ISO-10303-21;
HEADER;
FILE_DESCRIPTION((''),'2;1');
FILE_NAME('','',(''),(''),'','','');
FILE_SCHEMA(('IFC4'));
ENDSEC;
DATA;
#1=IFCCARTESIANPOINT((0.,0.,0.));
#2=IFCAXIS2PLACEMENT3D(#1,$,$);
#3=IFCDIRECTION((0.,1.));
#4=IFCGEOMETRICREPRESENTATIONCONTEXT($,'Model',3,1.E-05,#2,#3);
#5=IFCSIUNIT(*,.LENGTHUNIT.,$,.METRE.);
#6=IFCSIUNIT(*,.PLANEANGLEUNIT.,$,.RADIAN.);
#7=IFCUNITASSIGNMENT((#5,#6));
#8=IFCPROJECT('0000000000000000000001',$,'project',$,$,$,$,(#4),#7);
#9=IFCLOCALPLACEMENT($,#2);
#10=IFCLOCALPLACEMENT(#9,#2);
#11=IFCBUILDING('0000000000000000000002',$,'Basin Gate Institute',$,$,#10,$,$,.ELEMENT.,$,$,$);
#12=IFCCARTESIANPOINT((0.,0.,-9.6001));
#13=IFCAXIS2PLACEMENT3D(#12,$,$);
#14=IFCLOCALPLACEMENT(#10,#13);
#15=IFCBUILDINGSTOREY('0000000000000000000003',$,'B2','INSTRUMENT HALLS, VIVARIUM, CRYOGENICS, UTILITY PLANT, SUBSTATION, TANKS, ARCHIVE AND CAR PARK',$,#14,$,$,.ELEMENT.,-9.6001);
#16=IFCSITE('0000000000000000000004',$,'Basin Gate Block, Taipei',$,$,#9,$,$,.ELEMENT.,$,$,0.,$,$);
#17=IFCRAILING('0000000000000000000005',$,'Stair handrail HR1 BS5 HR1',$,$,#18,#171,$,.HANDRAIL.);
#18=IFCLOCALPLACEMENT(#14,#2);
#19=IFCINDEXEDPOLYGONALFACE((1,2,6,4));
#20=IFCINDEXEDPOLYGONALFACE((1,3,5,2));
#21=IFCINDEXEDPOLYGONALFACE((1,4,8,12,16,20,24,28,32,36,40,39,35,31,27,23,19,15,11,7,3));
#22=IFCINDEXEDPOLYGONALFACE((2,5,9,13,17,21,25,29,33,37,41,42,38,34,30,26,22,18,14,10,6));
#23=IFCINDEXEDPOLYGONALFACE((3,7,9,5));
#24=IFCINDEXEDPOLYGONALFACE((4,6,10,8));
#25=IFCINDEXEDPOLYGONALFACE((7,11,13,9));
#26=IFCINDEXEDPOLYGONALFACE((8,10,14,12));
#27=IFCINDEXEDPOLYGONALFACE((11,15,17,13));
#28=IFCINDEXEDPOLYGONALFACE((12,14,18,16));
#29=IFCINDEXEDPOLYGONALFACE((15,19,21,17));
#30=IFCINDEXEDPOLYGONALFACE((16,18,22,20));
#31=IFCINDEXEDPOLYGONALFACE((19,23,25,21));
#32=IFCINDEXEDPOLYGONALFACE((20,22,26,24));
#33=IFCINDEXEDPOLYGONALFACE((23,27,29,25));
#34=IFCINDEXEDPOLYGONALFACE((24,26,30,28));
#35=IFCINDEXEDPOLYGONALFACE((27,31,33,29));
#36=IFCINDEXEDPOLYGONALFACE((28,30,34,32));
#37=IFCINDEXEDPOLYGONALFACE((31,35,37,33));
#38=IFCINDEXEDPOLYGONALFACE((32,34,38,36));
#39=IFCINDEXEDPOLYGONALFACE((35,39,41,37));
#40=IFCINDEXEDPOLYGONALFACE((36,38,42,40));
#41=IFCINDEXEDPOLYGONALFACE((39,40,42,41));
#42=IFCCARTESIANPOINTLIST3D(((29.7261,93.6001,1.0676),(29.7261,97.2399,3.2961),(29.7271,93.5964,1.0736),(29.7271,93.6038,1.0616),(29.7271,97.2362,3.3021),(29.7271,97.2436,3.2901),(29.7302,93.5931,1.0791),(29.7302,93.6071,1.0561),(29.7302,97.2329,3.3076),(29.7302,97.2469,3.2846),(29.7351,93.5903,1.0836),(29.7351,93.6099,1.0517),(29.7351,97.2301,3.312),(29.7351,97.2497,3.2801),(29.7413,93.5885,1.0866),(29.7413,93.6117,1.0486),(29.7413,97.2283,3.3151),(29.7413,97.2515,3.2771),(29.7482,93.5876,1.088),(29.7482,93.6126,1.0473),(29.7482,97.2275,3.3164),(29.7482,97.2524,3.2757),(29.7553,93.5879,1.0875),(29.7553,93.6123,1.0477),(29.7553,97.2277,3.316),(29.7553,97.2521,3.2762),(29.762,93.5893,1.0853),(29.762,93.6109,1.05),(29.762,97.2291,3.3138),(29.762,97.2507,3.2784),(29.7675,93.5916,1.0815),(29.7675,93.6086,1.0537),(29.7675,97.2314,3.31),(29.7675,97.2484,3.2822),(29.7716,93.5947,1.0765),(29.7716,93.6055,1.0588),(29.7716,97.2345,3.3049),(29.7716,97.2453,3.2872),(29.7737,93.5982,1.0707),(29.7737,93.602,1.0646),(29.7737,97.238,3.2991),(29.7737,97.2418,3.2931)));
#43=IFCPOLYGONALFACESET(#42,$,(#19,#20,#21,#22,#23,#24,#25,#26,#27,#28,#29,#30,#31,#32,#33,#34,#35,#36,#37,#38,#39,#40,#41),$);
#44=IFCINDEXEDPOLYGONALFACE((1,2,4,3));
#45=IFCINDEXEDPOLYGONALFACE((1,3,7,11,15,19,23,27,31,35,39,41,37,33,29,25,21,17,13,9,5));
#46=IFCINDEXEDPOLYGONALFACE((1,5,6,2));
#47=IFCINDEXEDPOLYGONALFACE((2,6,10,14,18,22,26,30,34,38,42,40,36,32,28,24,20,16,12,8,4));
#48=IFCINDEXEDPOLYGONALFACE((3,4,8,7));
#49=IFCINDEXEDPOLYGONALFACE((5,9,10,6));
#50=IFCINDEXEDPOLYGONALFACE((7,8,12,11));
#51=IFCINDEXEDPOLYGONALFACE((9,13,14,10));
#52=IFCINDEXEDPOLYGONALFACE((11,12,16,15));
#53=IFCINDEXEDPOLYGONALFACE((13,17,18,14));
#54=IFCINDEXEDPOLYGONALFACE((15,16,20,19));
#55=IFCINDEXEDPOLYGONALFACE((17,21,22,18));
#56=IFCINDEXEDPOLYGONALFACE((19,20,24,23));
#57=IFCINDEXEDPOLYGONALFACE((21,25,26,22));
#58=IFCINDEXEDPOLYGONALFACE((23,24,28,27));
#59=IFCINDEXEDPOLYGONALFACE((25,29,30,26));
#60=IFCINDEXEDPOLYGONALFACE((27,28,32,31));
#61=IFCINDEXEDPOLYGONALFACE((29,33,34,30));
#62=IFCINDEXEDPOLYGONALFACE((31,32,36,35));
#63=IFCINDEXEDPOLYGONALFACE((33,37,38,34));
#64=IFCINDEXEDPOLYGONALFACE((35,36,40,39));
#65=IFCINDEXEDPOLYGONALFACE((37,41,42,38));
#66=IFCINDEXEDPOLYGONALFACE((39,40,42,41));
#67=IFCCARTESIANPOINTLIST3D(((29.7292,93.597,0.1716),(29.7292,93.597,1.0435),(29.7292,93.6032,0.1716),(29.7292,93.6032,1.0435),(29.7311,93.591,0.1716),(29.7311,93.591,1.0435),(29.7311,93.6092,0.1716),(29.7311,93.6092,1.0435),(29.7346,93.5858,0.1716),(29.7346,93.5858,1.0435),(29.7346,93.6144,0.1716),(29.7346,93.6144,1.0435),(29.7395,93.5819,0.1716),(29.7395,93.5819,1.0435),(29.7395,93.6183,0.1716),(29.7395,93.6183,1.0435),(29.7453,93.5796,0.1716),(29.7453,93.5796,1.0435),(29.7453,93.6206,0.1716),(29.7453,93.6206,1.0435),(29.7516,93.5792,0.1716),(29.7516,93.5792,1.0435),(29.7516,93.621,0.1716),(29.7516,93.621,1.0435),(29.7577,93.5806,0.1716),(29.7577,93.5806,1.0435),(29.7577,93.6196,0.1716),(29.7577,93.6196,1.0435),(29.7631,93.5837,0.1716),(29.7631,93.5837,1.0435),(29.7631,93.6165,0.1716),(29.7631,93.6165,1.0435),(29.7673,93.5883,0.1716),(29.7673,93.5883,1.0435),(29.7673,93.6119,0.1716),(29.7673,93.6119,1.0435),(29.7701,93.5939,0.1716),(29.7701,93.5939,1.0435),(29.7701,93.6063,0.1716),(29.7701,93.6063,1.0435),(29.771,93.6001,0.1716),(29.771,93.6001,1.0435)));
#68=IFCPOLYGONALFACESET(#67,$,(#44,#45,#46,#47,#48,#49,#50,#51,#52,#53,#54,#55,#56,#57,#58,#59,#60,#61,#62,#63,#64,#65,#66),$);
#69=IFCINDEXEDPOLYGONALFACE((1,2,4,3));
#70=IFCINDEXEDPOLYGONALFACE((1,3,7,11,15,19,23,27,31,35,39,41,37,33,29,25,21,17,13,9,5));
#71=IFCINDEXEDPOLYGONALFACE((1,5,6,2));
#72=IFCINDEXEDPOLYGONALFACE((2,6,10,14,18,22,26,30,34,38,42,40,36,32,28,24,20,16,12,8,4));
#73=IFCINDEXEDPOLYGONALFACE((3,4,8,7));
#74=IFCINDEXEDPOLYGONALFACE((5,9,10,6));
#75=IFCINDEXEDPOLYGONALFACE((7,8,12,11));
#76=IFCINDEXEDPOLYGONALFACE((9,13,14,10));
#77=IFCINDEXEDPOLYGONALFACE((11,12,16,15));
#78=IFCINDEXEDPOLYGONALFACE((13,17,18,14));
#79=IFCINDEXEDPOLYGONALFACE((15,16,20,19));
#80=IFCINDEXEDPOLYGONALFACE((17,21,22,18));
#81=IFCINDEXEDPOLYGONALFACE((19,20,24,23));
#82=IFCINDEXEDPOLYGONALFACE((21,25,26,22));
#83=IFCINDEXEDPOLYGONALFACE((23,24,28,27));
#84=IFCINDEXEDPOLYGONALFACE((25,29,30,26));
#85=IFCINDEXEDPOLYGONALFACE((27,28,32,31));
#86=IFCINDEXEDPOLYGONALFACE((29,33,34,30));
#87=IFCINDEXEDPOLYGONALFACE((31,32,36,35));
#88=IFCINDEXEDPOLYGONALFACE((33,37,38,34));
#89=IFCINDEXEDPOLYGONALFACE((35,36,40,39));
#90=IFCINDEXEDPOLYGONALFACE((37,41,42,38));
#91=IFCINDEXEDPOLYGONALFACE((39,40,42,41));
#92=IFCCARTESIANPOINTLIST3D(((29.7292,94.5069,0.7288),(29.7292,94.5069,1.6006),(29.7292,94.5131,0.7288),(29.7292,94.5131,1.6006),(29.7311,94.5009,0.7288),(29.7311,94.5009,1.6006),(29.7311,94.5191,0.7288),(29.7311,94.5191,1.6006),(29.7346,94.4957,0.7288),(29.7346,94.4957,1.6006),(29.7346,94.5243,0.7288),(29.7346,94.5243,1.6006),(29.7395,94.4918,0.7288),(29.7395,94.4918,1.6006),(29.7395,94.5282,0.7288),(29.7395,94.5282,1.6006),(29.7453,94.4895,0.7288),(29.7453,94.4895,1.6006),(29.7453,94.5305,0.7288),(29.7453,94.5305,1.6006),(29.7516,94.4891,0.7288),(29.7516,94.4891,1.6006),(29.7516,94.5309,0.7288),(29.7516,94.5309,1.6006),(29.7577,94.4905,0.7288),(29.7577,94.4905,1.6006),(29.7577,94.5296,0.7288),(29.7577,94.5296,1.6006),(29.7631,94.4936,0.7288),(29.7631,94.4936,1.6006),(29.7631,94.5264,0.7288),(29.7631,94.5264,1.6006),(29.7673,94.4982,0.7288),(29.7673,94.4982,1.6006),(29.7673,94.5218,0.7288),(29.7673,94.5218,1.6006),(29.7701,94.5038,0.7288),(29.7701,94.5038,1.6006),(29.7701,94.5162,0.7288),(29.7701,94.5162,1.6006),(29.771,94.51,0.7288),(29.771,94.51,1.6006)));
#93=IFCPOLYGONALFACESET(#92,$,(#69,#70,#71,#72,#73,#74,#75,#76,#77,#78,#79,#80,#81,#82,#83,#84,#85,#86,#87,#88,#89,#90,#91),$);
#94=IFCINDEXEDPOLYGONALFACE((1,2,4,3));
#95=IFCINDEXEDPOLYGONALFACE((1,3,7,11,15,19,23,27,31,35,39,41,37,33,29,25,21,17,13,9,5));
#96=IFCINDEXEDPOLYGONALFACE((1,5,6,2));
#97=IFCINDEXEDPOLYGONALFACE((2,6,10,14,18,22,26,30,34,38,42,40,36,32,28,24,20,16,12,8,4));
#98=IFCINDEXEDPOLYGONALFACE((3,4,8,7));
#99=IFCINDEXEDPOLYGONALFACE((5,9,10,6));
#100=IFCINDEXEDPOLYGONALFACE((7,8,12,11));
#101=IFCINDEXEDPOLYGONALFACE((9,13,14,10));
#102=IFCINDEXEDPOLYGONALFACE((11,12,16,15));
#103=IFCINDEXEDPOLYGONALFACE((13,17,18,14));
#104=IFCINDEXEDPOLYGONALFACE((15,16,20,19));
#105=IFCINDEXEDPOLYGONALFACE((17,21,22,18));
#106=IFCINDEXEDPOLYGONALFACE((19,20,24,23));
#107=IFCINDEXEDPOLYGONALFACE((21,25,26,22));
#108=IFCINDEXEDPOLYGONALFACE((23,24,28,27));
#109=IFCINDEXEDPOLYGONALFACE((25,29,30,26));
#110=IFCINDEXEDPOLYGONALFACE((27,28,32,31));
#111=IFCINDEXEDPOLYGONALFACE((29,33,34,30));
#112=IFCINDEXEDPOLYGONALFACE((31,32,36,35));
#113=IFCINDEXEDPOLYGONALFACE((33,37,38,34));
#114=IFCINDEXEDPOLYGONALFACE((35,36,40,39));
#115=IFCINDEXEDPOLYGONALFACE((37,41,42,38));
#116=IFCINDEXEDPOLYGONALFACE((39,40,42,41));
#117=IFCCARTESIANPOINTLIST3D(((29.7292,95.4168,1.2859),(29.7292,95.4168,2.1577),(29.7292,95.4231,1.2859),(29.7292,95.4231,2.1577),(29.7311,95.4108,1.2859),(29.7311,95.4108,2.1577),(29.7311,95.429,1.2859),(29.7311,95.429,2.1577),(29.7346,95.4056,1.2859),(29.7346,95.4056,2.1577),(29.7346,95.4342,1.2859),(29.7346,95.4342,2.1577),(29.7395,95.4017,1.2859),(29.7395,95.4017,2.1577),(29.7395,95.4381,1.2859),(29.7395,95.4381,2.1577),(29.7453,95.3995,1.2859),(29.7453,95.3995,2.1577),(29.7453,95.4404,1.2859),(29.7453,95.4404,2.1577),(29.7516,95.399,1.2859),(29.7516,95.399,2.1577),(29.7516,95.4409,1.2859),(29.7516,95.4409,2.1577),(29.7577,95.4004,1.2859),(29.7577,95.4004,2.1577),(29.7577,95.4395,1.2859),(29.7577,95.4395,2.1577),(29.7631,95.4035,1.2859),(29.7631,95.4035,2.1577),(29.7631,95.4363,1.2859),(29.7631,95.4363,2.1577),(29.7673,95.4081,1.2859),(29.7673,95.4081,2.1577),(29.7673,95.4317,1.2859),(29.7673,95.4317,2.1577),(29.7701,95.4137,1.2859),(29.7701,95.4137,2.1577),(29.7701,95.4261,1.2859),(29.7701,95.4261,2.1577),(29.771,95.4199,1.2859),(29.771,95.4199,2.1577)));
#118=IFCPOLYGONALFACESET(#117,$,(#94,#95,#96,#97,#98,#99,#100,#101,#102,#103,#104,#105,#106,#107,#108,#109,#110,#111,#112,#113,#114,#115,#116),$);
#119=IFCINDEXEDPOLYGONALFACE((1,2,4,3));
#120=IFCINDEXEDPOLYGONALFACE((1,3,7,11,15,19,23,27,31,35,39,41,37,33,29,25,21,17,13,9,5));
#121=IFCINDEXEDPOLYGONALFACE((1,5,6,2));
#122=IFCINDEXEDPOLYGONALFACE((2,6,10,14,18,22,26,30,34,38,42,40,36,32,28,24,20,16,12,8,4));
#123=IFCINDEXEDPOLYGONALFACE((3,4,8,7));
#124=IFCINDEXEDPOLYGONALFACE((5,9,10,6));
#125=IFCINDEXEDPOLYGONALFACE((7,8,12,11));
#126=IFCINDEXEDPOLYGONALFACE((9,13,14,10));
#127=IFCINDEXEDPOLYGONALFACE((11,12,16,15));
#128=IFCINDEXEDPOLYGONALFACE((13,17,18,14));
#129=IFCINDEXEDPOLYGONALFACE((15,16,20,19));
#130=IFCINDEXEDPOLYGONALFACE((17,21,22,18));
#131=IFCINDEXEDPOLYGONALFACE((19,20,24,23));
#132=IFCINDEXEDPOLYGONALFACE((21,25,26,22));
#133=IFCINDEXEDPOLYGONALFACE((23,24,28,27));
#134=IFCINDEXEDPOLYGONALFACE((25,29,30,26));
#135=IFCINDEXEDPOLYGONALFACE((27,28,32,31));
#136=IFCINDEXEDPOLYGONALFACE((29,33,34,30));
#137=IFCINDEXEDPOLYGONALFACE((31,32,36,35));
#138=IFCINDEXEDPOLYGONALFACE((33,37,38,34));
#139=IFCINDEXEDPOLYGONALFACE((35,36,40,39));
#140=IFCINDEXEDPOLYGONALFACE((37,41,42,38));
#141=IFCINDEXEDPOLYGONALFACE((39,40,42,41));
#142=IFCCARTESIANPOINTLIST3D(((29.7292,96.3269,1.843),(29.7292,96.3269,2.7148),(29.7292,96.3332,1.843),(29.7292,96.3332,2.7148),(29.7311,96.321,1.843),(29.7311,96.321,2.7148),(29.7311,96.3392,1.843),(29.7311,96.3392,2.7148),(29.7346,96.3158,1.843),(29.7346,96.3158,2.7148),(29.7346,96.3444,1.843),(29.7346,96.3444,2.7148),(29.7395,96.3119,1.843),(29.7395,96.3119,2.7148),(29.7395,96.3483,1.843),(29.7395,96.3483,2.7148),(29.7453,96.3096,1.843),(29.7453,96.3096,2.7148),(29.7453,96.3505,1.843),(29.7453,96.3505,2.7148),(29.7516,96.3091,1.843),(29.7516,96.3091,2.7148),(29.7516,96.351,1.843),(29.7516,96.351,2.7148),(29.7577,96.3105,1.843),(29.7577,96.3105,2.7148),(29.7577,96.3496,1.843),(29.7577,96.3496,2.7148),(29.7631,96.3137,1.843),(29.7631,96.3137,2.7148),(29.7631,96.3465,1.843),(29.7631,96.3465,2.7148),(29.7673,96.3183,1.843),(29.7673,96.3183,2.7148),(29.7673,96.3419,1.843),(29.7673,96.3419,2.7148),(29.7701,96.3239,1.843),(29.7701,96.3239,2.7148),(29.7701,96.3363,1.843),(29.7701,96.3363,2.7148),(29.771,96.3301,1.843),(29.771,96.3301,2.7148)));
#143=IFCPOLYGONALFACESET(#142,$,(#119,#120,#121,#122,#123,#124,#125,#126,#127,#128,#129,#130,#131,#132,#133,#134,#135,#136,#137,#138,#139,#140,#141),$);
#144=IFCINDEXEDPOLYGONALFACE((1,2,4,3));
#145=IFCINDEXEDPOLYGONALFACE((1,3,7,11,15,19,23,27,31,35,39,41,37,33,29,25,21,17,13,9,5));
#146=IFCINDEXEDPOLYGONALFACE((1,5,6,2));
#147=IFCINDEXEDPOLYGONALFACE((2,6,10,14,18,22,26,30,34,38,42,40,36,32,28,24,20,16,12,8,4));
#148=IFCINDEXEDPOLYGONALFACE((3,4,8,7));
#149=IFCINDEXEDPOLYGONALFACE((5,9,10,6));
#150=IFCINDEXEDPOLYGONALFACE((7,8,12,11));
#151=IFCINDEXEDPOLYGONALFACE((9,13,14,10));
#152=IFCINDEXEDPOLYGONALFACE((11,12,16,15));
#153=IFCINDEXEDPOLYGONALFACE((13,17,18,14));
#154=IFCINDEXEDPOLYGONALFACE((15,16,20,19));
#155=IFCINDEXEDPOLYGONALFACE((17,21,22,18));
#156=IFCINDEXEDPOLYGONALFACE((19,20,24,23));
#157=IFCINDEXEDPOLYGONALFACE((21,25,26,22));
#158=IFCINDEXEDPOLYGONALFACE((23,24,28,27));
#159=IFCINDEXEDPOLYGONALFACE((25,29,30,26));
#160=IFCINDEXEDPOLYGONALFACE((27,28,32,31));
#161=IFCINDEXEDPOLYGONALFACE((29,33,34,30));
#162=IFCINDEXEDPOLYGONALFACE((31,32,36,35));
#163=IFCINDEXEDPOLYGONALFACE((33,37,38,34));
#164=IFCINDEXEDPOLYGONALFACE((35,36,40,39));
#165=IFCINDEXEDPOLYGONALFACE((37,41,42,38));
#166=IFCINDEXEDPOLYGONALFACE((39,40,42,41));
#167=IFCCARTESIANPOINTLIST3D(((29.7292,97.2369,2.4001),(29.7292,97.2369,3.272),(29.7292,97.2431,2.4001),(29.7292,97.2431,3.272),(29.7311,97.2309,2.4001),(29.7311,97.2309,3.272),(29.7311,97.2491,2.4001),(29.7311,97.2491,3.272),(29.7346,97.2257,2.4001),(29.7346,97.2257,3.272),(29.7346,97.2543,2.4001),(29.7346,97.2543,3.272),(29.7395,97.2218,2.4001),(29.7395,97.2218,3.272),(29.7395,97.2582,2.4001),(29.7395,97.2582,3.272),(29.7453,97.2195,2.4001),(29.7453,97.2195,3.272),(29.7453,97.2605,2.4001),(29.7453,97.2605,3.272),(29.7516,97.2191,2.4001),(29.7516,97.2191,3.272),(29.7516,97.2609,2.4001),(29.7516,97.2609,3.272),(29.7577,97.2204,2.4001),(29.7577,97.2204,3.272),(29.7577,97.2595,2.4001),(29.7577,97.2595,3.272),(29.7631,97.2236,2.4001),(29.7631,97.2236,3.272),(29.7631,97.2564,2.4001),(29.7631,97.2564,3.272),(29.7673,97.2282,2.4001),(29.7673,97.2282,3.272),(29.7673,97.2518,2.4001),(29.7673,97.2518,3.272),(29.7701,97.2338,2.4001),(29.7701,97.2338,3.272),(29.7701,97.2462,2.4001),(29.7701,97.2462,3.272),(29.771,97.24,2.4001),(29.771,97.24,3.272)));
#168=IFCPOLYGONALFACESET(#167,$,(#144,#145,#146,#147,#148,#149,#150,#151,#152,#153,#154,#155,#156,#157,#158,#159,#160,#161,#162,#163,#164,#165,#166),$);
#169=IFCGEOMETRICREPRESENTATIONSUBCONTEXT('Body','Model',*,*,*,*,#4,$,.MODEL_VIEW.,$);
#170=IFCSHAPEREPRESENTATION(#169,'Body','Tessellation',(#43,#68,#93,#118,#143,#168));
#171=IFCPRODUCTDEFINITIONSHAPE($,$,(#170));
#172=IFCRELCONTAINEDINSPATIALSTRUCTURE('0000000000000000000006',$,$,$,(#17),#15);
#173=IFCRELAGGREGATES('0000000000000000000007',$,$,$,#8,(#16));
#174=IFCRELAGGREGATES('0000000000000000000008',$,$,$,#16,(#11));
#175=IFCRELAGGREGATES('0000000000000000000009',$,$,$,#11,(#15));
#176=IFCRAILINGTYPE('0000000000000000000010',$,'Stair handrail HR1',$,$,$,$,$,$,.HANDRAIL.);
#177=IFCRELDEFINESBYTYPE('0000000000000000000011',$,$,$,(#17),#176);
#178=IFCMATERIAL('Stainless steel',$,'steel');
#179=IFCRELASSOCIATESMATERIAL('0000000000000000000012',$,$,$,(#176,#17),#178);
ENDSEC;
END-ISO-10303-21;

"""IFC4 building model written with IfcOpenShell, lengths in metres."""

from ifc_helpers import new_model, si_unit, direction, frame, origin, origin_2d, place, context, subcontext, project, spatial, circle, extrude, material, type_object, element, save


model = new_model("IFC4")

# Units and contexts
model_context = context("Model", 3, precision=1e-05, world=origin(), true_north=direction((0.0, 1.0)))
body_context = subcontext(model_context, "Body", "Model", "MODEL_VIEW")
ifc_project = project(units=[si_unit("LENGTHUNIT", "METRE"), si_unit("PLANEANGLEUNIT", "RADIAN")], contexts=[model_context])

# Site, building, storey
site_placement = place(None, origin())
site = spatial("IfcSite", under=ifc_project, at=site_placement, Name="Basin Gate Block, Taipei", CompositionType="ELEMENT", RefElevation=0.0)
building_placement = place(site_placement, origin())
building = spatial("IfcBuilding", under=site, at=building_placement, Name="Basin Gate Institute", CompositionType="ELEMENT")
storey_placement = place(building_placement, frame((0.0, 0.0, -9.6001)))
storey = spatial("IfcBuildingStorey", under=building, at=storey_placement, Name="B2", Description="INSTRUMENT HALLS, VIVARIUM, CRYOGENICS, UTILITY PLANT, SUBSTATION, TANKS, ARCHIVE AND CAR PARK", CompositionType="ELEMENT", Elevation=-9.6001)

# Railing
ifc_material_1 = material(Name="Stainless steel", Category="steel")
railing_type_1 = type_object("IfcRailingType", Name="Stair handrail HR1", PredefinedType="HANDRAIL", material=ifc_material_1)
for number, where, name in (
    (1, (29.75, 93.6001, 0.1716), "Stair handrail HR1 BS5 HR1"),
):
    element("IfcRailing", number, at=place(storey_placement, frame(where)), inside=storey, type_object=railing_type_1, material=ifc_material_1, Name=name, PredefinedType="HANDRAIL", context=body_context, shape_type="SweptSolid", body=[
        extrude(circle(Radius=0.0239, at=origin_2d()), frame((0.0, 0.0, 0.896), z_axis=(0.0, 0.85285, 0.522156), x_axis=(-1.0, 0.0, 0.0)), (0.0, 0.0, 1.0), 4.2678),
        extrude(circle(Radius=0.021, at=origin_2d()), origin(), (0.0, 0.0, 1.0), 0.8718),
        extrude(circle(Radius=0.021, at=origin_2d()), frame((0.0, 0.9099, 0.5571)), (0.0, 0.0, 1.0), 0.8718),
        extrude(circle(Radius=0.021, at=origin_2d()), frame((0.0, 1.8198, 1.1143)), (0.0, 0.0, 1.0), 0.8718),
        extrude(circle(Radius=0.021, at=origin_2d()), frame((0.0, 2.73, 1.6714)), (0.0, 0.0, 1.0), 0.8718),
        extrude(circle(Radius=0.021, at=origin_2d()), frame((0.0, 3.6399, 2.2285)), (0.0, 0.0, 1.0), 0.8718),
    ])

save(model, "model.ifc")
